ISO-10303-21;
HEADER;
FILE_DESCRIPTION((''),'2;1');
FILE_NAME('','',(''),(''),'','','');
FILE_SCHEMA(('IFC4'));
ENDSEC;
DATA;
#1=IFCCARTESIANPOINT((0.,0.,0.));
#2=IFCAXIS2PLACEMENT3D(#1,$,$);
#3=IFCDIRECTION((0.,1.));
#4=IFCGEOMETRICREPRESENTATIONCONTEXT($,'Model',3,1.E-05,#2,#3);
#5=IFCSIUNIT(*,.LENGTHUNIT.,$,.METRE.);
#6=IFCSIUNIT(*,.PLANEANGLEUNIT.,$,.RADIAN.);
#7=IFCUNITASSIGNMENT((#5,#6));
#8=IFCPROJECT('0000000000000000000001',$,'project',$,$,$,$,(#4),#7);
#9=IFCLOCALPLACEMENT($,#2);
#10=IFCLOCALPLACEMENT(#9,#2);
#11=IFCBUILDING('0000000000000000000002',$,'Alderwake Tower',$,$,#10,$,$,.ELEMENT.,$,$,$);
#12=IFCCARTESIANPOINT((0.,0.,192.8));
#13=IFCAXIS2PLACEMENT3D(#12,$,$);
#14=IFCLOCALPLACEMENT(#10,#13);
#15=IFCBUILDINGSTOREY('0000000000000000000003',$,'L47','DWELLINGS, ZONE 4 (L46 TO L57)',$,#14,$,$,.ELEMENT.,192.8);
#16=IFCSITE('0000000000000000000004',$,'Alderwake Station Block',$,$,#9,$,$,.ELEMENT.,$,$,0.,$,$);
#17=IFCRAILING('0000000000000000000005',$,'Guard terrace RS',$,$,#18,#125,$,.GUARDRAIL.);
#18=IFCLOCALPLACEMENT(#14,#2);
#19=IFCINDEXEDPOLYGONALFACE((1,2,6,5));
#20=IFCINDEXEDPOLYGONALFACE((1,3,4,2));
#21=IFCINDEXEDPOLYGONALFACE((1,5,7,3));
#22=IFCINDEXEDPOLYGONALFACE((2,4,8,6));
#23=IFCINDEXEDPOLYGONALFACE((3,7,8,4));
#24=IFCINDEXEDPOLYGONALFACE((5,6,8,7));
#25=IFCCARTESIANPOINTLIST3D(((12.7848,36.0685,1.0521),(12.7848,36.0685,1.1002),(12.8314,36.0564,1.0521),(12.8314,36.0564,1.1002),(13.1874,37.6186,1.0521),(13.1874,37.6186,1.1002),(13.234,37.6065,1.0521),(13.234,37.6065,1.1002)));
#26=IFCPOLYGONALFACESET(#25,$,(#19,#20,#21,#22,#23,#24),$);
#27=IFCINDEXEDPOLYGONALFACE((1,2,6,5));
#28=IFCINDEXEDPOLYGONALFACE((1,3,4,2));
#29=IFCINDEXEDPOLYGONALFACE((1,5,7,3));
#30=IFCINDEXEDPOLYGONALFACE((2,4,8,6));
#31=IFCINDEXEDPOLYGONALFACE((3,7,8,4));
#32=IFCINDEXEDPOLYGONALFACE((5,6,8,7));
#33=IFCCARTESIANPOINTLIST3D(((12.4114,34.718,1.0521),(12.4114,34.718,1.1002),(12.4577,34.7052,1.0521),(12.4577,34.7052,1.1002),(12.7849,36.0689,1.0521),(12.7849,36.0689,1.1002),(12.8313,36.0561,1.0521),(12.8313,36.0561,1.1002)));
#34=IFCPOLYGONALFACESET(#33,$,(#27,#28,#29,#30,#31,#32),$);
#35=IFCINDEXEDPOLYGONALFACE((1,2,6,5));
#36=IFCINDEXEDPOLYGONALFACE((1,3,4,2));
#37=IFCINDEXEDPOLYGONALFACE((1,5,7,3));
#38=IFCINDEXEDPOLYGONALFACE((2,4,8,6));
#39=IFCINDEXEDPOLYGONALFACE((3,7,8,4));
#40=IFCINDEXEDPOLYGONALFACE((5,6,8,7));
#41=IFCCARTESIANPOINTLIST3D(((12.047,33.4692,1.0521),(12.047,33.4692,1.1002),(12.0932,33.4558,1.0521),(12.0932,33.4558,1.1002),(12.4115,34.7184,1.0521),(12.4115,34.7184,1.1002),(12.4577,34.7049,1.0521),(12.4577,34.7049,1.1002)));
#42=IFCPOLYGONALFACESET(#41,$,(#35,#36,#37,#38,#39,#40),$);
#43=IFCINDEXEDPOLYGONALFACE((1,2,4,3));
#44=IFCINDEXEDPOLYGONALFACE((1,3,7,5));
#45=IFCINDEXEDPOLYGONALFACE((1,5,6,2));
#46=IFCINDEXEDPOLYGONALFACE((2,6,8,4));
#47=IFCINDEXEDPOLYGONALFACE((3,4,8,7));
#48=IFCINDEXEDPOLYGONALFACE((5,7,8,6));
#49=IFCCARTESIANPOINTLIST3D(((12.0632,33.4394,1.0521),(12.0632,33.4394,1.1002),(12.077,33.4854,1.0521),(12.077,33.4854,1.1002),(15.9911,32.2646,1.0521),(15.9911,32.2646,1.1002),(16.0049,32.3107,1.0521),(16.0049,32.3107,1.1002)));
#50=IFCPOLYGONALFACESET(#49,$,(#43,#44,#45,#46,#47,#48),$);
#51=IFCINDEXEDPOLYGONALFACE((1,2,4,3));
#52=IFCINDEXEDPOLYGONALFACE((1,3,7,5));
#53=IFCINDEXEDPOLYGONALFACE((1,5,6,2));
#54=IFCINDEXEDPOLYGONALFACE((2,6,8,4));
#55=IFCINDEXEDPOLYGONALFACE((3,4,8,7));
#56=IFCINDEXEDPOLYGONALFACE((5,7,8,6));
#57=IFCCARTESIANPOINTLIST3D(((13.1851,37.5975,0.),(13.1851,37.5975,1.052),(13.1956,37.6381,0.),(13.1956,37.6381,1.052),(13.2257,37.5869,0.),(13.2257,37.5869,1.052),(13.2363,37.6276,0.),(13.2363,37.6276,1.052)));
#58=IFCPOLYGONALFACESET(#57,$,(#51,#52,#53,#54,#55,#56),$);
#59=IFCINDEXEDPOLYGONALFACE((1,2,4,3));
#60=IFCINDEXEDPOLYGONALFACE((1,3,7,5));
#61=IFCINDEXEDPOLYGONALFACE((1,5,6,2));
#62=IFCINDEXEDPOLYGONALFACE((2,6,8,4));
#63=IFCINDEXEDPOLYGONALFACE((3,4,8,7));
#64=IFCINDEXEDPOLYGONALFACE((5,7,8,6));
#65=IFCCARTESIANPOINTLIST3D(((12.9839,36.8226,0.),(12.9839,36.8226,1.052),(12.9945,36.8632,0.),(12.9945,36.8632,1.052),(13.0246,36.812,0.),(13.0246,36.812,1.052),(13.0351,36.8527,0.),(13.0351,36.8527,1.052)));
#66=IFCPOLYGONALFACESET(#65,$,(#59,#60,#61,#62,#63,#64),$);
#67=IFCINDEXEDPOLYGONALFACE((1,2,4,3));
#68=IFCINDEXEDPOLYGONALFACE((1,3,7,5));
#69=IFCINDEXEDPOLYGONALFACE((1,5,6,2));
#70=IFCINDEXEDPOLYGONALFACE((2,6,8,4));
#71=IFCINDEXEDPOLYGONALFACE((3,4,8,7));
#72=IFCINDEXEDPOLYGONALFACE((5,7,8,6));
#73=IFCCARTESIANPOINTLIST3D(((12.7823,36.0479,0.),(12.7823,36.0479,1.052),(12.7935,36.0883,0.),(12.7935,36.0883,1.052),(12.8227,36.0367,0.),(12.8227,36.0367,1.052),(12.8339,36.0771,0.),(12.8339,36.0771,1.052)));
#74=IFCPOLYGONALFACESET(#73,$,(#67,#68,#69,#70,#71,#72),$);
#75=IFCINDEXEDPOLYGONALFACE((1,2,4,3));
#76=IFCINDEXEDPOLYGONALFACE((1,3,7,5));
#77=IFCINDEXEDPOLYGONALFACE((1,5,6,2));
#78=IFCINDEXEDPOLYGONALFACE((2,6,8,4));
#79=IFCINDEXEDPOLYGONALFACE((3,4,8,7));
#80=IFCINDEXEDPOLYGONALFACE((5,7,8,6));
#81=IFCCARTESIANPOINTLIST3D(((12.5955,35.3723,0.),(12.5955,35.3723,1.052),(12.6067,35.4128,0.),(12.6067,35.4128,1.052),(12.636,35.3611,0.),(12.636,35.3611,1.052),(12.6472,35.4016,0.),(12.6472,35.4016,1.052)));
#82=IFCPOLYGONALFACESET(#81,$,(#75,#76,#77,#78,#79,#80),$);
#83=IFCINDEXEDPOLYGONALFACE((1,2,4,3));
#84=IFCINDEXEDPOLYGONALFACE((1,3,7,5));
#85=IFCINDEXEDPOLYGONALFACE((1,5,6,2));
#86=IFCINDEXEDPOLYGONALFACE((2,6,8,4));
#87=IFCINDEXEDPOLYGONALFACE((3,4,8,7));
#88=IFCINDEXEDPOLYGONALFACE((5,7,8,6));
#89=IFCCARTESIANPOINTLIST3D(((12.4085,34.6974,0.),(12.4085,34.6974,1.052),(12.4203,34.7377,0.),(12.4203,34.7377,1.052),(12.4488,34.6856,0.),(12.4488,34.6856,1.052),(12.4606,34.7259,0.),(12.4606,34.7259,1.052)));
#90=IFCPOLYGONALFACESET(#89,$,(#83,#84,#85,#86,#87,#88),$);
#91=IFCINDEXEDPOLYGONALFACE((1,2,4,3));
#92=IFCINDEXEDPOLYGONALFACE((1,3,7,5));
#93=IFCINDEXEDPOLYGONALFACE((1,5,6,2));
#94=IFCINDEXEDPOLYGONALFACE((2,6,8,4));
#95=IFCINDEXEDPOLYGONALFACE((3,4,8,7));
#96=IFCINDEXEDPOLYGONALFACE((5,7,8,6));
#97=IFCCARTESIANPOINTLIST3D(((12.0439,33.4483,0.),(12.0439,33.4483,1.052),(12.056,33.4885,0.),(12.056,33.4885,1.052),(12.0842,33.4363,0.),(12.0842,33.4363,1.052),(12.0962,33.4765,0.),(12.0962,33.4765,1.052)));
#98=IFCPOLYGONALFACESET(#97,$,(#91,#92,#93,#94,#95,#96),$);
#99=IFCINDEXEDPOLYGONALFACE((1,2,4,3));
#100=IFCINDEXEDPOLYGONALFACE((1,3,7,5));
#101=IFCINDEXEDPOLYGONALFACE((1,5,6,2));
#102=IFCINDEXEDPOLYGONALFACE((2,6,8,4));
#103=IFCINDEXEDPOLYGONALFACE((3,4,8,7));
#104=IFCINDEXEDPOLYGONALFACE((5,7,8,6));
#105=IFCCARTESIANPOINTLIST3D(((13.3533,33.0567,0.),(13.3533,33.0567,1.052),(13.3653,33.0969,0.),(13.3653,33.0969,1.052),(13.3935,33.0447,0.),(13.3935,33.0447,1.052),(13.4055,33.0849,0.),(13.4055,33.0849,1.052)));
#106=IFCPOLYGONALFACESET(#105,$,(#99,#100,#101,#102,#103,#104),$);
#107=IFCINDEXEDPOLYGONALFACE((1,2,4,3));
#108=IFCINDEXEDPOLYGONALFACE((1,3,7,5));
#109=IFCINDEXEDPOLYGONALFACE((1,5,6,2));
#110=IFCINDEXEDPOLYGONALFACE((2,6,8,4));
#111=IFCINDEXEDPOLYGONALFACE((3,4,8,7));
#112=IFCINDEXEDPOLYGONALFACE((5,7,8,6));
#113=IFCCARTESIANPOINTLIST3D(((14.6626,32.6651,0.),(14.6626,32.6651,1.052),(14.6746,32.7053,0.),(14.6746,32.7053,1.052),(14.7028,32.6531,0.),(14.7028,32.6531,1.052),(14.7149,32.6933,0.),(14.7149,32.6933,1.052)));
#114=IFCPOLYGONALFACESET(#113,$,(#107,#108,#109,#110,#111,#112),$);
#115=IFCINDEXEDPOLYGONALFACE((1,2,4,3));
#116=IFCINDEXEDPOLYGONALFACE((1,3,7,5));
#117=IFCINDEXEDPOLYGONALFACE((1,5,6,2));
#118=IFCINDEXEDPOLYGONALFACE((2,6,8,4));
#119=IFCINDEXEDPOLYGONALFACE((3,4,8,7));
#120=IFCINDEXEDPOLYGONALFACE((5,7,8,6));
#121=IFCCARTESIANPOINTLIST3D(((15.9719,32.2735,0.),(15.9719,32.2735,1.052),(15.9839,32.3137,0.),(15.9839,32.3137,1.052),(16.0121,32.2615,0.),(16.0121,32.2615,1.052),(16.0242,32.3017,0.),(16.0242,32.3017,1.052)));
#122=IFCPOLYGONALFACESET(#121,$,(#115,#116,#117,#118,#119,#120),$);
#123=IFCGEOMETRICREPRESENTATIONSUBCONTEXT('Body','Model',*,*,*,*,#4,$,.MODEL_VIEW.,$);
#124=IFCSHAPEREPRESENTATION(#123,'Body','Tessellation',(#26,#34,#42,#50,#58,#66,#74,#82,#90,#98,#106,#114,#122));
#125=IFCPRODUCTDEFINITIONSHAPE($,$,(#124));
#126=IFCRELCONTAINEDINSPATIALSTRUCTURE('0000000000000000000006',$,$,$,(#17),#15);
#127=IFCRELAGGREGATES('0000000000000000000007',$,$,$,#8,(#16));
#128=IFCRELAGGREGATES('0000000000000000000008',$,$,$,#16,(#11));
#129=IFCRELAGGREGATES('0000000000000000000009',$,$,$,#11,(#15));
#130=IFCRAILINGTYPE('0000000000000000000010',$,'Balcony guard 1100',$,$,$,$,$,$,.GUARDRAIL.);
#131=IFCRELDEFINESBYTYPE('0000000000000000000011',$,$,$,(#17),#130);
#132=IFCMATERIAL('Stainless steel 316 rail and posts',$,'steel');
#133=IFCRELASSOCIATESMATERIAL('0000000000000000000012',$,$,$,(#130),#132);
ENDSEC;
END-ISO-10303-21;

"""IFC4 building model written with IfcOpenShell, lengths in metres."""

from ifc_helpers import new_model, si_unit, direction, frame, origin, origin_2d, place, context, subcontext, project, spatial, rectangle, extrude, material, type_object, element, save


model = new_model("IFC4")

# Units and contexts
model_context = context("Model", 3, precision=1e-05, world=origin(), true_north=direction((0.0, 1.0)))
body_context = subcontext(model_context, "Body", "Model", "MODEL_VIEW")
ifc_project = project(units=[si_unit("LENGTHUNIT", "METRE"), si_unit("PLANEANGLEUNIT", "RADIAN")], contexts=[model_context])

# Site, building, storey
site_placement = place(None, origin())
site = spatial("IfcSite", under=ifc_project, at=site_placement, Name="Alderwake Station Block", CompositionType="ELEMENT", RefElevation=0.0)
building_placement = place(site_placement, origin())
building = spatial("IfcBuilding", under=site, at=building_placement, Name="Alderwake Tower", CompositionType="ELEMENT")
storey_placement = place(building_placement, frame((0.0, 0.0, 192.8)))
storey = spatial("IfcBuildingStorey", under=building, at=storey_placement, Name="L47", Description="DWELLINGS, ZONE 4 (L46 TO L57)", CompositionType="ELEMENT", Elevation=192.8)

# Railing
ifc_material_1 = material(Name="Stainless steel 316 rail and posts", Category="steel")
railing_type = type_object("IfcRailingType", Name="Balcony guard 1100", PredefinedType="GUARDRAIL", material=ifc_material_1)
railing_placement = place(storey_placement, frame((13.2107, 37.6125, 0.0)))
element("IfcRailing", 1, at=railing_placement, inside=storey, type_object=railing_type, Name="Guard terrace RS", PredefinedType="GUARDRAIL", context=body_context, shape_type="SweptSolid", body=[
    extrude(rectangle(XDim=0.0481, YDim=0.0481, at=origin_2d()), frame((0.0, 0.0, 1.0762), z_axis=(-0.251385, -0.967887, 0.0), x_axis=(0.967887, -0.251385, 0.0)), (0.0, 0.0, 1.0), 1.6016),
    extrude(rectangle(XDim=0.0481, YDim=0.0481, at=origin_2d()), frame((-0.4026, -1.55, 1.0762), z_axis=(-0.266521, -0.963829, 0.0), x_axis=(0.963829, -0.266521, 0.0)), (0.0, 0.0, 1.0), 1.4016),
    extrude(rectangle(XDim=0.0481, YDim=0.0481, at=origin_2d()), frame((-0.7761, -2.9009, 1.0762), z_axis=(-0.280094, -0.959973, 0.0), x_axis=(0.959973, -0.280094, 0.0)), (0.0, 0.0, 1.0), 1.3013),
    extrude(rectangle(XDim=0.0481, YDim=0.0481, at=origin_2d()), frame((-1.1406, -4.1501, 1.0762), z_axis=(0.958067, -0.286545, 0.0), x_axis=(0.286545, 0.958067, 0.0)), (0.0, 0.0, 1.0), 4.0999),
    extrude(rectangle(XDim=0.042, YDim=0.042, at=origin_2d()), frame((0.0, 0.0, 0.0), z_axis=(0.0, 0.0, 1.0), x_axis=(-0.251385, -0.967887, 0.0)), (0.0, 0.0, 1.0), 1.052),
    extrude(rectangle(XDim=0.042, YDim=0.042, at=origin_2d()), frame((-0.2012, -0.7749, 0.0), z_axis=(0.0, 0.0, 1.0), x_axis=(-0.251385, -0.967887, 0.0)), (0.0, 0.0, 1.0), 1.052),
    extrude(rectangle(XDim=0.042, YDim=0.042, at=origin_2d()), frame((-0.4026, -1.55, 0.0), z_axis=(0.0, 0.0, 1.0), x_axis=(-0.266521, -0.963829, 0.0)), (0.0, 0.0, 1.0), 1.052),
    extrude(rectangle(XDim=0.042, YDim=0.042, at=origin_2d()), frame((-0.5894, -2.2256, 0.0), z_axis=(0.0, 0.0, 1.0), x_axis=(-0.266521, -0.963829, 0.0)), (0.0, 0.0, 1.0), 1.052),
    extrude(rectangle(XDim=0.042, YDim=0.042, at=origin_2d()), frame((-0.7761, -2.9009, 0.0), z_axis=(0.0, 0.0, 1.0), x_axis=(-0.280094, -0.959973, 0.0)), (0.0, 0.0, 1.0), 1.052),
    extrude(rectangle(XDim=0.042, YDim=0.042, at=origin_2d()), frame((-1.1406, -4.1501, 0.0), z_axis=(0.0, 0.0, 1.0), x_axis=(0.958067, -0.286545, 0.0)), (0.0, 0.0, 1.0), 1.052),
    extrude(rectangle(XDim=0.042, YDim=0.042, at=origin_2d()), frame((0.1687, -4.5417, 0.0), z_axis=(0.0, 0.0, 1.0), x_axis=(0.958067, -0.286545, 0.0)), (0.0, 0.0, 1.0), 1.052),
    extrude(rectangle(XDim=0.042, YDim=0.042, at=origin_2d()), frame((1.478, -4.9333, 0.0), z_axis=(0.0, 0.0, 1.0), x_axis=(0.958067, -0.286545, 0.0)), (0.0, 0.0, 1.0), 1.052),
    extrude(rectangle(XDim=0.042, YDim=0.042, at=origin_2d()), frame((2.7874, -5.325, 0.0), z_axis=(0.0, 0.0, 1.0), x_axis=(0.958067, -0.286545, 0.0)), (0.0, 0.0, 1.0), 1.052),
])

save(model, "model.ifc")
